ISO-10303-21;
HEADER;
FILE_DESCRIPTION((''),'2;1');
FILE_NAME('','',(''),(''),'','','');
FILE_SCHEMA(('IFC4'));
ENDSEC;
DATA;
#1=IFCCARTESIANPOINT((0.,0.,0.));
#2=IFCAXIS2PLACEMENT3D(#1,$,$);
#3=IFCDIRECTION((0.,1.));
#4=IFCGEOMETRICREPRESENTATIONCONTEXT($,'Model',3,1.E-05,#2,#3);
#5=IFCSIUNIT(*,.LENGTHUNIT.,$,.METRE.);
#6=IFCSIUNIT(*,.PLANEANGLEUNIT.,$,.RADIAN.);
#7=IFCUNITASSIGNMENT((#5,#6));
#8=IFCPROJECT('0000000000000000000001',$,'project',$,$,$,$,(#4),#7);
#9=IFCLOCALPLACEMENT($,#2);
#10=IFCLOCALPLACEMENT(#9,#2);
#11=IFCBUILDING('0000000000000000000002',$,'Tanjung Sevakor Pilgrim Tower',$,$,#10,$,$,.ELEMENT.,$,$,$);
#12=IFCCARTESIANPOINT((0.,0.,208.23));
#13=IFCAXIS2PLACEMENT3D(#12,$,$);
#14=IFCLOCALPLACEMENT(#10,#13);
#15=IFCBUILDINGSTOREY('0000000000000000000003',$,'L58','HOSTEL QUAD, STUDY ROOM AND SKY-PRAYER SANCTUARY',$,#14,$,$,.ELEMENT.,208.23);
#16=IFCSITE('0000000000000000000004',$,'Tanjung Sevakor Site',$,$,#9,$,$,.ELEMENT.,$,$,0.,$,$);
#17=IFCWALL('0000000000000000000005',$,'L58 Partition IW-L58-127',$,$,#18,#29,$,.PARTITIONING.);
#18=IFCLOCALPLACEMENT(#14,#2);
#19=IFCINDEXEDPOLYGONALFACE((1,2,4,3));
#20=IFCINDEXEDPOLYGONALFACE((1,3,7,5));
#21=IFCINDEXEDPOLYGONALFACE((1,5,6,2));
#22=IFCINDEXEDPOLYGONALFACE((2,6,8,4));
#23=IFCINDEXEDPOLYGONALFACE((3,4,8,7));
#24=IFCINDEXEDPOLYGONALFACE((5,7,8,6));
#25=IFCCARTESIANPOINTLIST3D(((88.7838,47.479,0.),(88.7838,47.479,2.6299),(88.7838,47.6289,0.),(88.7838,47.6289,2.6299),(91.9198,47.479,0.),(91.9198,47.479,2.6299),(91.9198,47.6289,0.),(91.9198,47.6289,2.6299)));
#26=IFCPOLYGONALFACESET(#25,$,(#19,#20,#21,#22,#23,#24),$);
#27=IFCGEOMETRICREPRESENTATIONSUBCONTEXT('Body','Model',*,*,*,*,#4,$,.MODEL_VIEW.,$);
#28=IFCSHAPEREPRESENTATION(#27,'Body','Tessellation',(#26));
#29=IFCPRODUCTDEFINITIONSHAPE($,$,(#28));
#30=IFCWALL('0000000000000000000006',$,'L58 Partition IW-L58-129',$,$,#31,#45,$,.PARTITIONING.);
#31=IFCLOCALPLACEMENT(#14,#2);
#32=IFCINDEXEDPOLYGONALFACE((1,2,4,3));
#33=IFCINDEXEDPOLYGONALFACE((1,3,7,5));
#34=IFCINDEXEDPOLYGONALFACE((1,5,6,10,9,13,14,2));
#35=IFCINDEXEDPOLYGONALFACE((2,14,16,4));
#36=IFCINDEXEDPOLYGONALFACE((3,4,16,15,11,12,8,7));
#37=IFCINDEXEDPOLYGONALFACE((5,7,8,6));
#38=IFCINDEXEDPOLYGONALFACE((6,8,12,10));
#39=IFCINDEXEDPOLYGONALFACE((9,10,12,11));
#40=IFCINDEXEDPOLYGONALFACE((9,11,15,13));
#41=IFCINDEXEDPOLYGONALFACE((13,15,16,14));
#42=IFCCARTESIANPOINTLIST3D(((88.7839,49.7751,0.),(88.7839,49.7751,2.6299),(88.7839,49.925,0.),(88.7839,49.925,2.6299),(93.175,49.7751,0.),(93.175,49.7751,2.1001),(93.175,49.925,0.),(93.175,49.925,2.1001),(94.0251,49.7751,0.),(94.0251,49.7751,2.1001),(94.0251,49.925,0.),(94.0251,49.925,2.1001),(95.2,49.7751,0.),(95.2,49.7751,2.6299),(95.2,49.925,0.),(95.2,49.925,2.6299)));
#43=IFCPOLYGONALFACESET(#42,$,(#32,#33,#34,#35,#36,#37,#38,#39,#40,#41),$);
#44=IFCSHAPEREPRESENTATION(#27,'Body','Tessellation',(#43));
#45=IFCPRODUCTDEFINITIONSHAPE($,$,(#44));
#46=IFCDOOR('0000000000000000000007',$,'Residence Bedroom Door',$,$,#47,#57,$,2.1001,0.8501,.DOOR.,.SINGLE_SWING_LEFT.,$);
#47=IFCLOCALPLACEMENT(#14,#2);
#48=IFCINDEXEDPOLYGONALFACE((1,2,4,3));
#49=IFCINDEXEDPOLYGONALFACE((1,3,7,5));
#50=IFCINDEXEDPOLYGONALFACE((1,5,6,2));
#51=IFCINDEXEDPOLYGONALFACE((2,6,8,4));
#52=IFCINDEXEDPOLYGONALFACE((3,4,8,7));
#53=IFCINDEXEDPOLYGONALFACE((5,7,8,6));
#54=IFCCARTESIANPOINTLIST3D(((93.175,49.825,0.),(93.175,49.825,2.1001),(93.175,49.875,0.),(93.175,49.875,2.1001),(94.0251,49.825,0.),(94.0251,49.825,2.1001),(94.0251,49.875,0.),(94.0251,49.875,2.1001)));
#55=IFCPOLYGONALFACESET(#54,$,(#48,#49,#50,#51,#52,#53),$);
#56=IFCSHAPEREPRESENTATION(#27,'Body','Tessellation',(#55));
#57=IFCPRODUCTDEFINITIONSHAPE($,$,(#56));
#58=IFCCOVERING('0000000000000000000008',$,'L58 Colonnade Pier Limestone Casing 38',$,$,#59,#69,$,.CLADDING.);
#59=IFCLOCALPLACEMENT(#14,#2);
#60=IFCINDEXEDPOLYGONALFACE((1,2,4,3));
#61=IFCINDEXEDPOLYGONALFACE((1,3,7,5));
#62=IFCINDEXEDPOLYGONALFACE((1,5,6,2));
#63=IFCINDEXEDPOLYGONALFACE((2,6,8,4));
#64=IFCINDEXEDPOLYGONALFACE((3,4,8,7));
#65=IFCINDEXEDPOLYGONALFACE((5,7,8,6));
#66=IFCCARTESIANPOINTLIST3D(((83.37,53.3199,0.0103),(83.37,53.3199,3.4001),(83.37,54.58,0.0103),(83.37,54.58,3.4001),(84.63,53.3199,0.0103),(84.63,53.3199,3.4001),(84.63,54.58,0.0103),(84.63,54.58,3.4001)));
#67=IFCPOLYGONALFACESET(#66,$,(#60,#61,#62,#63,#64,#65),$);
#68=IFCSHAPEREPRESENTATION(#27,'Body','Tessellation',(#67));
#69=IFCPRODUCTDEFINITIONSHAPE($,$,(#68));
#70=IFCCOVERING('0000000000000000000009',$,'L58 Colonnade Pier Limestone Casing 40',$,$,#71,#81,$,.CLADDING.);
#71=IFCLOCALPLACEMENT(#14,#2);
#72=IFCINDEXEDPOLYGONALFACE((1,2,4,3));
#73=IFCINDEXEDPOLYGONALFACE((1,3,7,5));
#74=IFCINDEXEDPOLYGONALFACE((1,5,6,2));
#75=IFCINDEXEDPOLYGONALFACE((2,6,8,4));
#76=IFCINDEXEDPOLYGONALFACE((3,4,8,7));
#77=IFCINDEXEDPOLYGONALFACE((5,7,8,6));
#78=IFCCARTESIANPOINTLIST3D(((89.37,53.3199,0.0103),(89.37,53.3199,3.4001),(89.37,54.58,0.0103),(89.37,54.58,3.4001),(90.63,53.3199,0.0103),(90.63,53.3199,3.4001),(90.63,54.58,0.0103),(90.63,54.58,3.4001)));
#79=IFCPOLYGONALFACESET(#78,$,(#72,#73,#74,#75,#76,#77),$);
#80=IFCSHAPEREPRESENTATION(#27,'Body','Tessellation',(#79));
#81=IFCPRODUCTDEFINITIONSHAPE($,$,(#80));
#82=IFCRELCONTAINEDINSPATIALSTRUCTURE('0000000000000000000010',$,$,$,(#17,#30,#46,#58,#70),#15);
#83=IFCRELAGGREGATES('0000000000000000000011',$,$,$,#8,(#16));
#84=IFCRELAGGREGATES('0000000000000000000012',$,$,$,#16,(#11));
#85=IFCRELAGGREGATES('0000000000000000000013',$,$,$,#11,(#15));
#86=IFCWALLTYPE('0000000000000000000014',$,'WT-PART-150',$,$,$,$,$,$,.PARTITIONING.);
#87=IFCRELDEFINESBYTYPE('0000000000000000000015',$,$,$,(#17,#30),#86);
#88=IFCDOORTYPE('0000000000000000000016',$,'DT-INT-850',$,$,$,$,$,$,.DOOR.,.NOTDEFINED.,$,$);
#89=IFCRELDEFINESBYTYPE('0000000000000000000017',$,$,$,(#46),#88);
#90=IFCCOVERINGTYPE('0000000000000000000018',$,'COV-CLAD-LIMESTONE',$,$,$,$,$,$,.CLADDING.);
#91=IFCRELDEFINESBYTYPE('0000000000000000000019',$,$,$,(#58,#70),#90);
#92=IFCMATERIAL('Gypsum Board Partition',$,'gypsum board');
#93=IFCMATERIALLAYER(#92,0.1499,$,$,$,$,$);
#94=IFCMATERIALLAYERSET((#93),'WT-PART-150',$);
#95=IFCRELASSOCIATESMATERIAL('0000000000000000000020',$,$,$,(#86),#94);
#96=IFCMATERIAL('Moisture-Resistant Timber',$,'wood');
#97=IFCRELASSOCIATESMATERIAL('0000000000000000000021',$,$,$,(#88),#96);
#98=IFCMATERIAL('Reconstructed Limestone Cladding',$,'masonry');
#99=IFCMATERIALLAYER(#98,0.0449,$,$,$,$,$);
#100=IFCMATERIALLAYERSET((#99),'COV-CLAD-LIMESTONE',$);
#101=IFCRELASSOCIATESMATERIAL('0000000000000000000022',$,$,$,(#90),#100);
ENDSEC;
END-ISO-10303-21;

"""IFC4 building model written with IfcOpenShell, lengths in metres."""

from ifc_helpers import new_model, si_unit, direction, frame, frame_2d, origin, origin_2d, place, context, subcontext, project, spatial, rectangle, extrude, material, layer, layer_set, type_object, element, fill, save


model = new_model("IFC4")

# Units and contexts
model_context = context("Model", 3, precision=1e-05, world=origin(), true_north=direction((0.0, 1.0)))
body_context = subcontext(model_context, "Body", "Model", "MODEL_VIEW")
ifc_project = project(units=[si_unit("LENGTHUNIT", "METRE"), si_unit("PLANEANGLEUNIT", "RADIAN")], contexts=[model_context])

# Site, building, storey
site_placement = place(None, origin())
site = spatial("IfcSite", under=ifc_project, at=site_placement, Name="Tanjung Sevakor Site", CompositionType="ELEMENT", RefElevation=0.0)
building_placement = place(site_placement, origin())
building = spatial("IfcBuilding", under=site, at=building_placement, Name="Tanjung Sevakor Pilgrim Tower", CompositionType="ELEMENT")
storey_placement = place(building_placement, frame((0.0, 0.0, 208.23)))
storey = spatial("IfcBuildingStorey", under=building, at=storey_placement, Name="L58", Description="HOSTEL QUAD, STUDY ROOM AND SKY-PRAYER SANCTUARY", CompositionType="ELEMENT", Elevation=208.23)

# Wall
ifc_material_1 = material(Name="Gypsum Board Partition", Category="gypsum board")
ifc_layer_1 = layer(ifc_material_1, 0.1499)
ifc_layer_set_1 = layer_set([ifc_layer_1], Name="WT-PART-150")
wall_type = type_object("IfcWallType", Name="WT-PART-150", PredefinedType="PARTITIONING", material=ifc_layer_set_1)
wall_1_placement = place(storey_placement, frame((88.7839, 47.554, 0.0), z_axis=(0.0, 0.0, 1.0), x_axis=(1.0, 0.0, 0.0)))
element("IfcWall", 1, at=wall_1_placement, inside=storey, type_object=wall_type, Name="L58 Partition IW-L58-127", PredefinedType="PARTITIONING", context=body_context, shape_type="SweptSolid", body=[
    extrude(rectangle(XDim=3.136, YDim=0.1499, at=frame_2d((1.5679, 0.0))), origin(), (0.0, 0.0, 1.0), 2.6299),
])

# Wall, opening, door
wall_2_placement = place(storey_placement, frame((88.7839, 49.8501, 0.0), z_axis=(0.0, 0.0, 1.0), x_axis=(1.0, 0.0, 0.0)))
wall_2 = element("IfcWall", 2, at=wall_2_placement, inside=storey, type_object=wall_type, Name="L58 Partition IW-L58-129", PredefinedType="PARTITIONING", context=body_context, shape_type="SweptSolid", body=[
    extrude(rectangle(XDim=6.416, YDim=0.1499, at=frame_2d((3.208, 0.0))), origin(), (0.0, 0.0, 1.0), 2.6299),
])
opening_placement = place(wall_2_placement, frame((4.3911, 0.0, 0.0)))
opening = element("IfcOpeningElement", 3, at=opening_placement, cuts=wall_2, PredefinedType="OPENING", context=body_context, shape_type="SweptSolid", body=[
    extrude(rectangle(XDim=0.8501, YDim=2.1001, at=frame_2d((0.425, 1.05))), frame((0.0, 0.085, 0.0), z_axis=(0.0, -1.0, 0.0), x_axis=(1.0, 0.0, 0.0)), (0.0, 0.0, 1.0), 0.1699),
])
ifc_material_2 = material(Name="Moisture-Resistant Timber", Category="wood")
door_type = type_object("IfcDoorType", Name="DT-INT-850", OperationType="NOTDEFINED", PredefinedType="DOOR", material=ifc_material_2)
door_placement = place(opening_placement, origin())
door = element("IfcDoor", 4, at=door_placement, inside=storey, type_object=door_type, Name="Residence Bedroom Door", OperationType="SINGLE_SWING_LEFT", OverallHeight=2.1001, OverallWidth=0.8501, PredefinedType="DOOR", context=body_context, shape_type="SweptSolid", body=[
    extrude(rectangle(XDim=0.8501, YDim=2.1001, at=frame_2d((0.425, 1.05))), frame((0.0, 0.0249, 0.0), z_axis=(0.0, -1.0, 0.0), x_axis=(1.0, 0.0, 0.0)), (0.0, 0.0, 1.0), 0.05),
])
fill(opening, door)

# Coverings
ifc_material_3 = material(Name="Reconstructed Limestone Cladding", Category="masonry")
ifc_layer_2 = layer(ifc_material_3, 0.0449)
ifc_layer_set_2 = layer_set([ifc_layer_2], Name="COV-CLAD-LIMESTONE")
covering_type = type_object("IfcCoveringType", Name="COV-CLAD-LIMESTONE", PredefinedType="CLADDING", material=ifc_layer_set_2)
for number, where, z_axis, x_axis, name in (
    (5, (84.0, 53.95, 0.0103), (0.0, 0.0, 1.0), (1.0, 0.0, 0.0), "L58 Colonnade Pier Limestone Casing 38"),
    (6, (90.0, 53.95, 0.0103), (0.0, 0.0, 1.0), (1.0, 0.0, 0.0), "L58 Colonnade Pier Limestone Casing 40"),
):
    element("IfcCovering", number, at=place(storey_placement, frame(where, z_axis=z_axis, x_axis=x_axis)), inside=storey, type_object=covering_type, Name=name, PredefinedType="CLADDING", context=body_context, shape_type="SweptSolid", body=[
        extrude(rectangle(XDim=1.26, YDim=1.26, at=origin_2d()), origin(), (0.0, 0.0, 1.0), 3.3899),
    ])

save(model, "model.ifc")
